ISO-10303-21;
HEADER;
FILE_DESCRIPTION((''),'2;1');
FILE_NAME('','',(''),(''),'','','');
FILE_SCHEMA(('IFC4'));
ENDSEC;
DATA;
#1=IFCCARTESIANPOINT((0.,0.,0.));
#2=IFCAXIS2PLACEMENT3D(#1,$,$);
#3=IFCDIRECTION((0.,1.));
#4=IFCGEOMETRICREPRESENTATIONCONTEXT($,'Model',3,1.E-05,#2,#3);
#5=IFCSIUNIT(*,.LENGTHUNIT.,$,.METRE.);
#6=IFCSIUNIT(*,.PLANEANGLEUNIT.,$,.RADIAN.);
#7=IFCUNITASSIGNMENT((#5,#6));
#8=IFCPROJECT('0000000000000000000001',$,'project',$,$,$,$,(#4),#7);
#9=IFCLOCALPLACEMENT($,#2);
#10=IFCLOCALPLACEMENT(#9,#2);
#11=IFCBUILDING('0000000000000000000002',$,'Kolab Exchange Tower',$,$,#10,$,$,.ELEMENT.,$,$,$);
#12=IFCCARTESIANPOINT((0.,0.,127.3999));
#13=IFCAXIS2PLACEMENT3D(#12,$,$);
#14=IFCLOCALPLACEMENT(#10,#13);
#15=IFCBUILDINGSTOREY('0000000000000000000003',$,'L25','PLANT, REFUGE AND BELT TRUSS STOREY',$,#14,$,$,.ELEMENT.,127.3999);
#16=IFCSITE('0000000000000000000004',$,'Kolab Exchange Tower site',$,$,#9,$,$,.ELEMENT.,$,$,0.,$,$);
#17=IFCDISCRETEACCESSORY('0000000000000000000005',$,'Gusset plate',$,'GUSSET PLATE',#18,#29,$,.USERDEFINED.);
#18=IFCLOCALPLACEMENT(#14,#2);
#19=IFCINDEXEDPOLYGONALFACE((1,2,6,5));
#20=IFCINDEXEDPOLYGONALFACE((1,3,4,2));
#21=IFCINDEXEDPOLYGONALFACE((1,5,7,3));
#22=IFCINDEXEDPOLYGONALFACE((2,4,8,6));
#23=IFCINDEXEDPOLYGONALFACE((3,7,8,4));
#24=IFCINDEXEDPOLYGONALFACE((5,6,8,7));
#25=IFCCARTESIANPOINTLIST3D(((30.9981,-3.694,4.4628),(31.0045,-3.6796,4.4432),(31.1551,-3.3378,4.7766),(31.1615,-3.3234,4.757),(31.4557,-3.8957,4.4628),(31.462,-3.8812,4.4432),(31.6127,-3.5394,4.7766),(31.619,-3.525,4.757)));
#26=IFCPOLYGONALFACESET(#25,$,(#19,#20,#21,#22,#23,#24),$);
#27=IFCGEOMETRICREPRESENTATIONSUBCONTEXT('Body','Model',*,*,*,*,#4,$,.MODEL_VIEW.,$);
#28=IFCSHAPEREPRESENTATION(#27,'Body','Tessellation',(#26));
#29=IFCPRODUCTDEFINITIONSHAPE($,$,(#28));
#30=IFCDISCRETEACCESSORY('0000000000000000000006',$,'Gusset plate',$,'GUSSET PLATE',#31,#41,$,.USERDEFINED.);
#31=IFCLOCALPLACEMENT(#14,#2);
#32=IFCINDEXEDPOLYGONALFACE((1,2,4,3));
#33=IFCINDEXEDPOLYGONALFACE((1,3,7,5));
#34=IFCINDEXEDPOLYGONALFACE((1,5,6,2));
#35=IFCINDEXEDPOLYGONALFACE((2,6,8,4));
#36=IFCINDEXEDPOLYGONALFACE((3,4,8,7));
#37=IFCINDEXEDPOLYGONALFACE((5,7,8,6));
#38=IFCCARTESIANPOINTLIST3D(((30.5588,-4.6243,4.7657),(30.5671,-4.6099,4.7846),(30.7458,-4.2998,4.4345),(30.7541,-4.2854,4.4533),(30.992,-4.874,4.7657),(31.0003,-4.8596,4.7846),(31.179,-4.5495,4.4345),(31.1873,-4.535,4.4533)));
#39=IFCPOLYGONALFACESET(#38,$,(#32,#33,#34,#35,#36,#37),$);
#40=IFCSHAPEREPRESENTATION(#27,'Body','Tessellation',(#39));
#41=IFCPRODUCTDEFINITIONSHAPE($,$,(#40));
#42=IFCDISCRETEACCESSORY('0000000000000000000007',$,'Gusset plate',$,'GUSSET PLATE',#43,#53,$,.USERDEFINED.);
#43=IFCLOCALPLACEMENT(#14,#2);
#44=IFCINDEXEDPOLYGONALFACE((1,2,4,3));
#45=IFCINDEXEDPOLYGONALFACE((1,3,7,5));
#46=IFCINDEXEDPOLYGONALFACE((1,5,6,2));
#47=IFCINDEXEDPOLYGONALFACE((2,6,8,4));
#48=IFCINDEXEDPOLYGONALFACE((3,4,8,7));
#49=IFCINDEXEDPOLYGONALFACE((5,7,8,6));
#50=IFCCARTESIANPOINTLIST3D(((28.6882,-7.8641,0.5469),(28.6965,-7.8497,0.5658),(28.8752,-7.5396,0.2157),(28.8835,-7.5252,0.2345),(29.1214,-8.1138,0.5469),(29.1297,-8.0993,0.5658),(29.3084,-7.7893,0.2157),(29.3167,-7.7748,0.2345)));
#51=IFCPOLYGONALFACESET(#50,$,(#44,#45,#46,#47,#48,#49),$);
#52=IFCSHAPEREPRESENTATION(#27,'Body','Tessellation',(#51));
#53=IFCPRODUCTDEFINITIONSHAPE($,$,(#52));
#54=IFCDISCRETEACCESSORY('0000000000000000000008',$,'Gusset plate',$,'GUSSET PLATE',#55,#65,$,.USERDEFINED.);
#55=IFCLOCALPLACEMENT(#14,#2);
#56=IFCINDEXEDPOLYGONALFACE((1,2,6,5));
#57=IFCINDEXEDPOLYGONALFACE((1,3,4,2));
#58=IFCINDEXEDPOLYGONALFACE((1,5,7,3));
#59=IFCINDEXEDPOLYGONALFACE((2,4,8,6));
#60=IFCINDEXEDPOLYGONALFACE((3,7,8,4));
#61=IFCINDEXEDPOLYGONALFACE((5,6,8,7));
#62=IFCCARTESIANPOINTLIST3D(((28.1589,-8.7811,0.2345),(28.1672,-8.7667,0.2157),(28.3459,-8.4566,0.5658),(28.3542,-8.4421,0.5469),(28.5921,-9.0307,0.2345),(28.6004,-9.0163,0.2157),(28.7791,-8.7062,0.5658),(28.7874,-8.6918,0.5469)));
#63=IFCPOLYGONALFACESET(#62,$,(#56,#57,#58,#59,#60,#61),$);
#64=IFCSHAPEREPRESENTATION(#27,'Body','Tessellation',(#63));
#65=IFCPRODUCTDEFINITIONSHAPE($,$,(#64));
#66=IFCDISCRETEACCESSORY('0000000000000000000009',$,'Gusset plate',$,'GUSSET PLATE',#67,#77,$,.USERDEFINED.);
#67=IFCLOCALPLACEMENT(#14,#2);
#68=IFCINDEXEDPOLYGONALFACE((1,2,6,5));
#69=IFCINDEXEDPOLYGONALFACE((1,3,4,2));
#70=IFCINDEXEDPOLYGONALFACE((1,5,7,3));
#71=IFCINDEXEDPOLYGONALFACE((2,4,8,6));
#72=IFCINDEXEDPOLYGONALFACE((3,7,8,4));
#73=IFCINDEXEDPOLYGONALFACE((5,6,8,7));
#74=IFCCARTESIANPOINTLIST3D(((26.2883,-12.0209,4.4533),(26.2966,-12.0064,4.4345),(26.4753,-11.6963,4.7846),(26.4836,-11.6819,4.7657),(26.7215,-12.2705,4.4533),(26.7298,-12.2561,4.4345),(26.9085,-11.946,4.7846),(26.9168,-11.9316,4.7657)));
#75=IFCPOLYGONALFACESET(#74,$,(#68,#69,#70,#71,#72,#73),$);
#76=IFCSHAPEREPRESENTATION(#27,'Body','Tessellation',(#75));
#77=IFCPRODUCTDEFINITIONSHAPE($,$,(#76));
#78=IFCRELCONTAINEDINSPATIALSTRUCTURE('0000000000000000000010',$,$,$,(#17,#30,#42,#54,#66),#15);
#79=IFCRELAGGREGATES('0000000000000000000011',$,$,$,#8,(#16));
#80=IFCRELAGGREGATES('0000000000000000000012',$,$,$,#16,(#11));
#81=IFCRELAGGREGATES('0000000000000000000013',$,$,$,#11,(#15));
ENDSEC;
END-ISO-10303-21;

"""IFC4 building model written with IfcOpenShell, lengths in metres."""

from ifc_helpers import new_model, si_unit, direction, frame, origin, origin_2d, place, context, subcontext, project, spatial, rectangle, extrude, element, save


model = new_model("IFC4")

# Units and contexts
model_context = context("Model", 3, precision=1e-05, world=origin(), true_north=direction((0.0, 1.0)))
body_context = subcontext(model_context, "Body", "Model", "MODEL_VIEW")
ifc_project = project(units=[si_unit("LENGTHUNIT", "METRE"), si_unit("PLANEANGLEUNIT", "RADIAN")], contexts=[model_context])

# Site, building, storey
site_placement = place(None, origin())
site = spatial("IfcSite", under=ifc_project, at=site_placement, Name="Kolab Exchange Tower site", CompositionType="ELEMENT", RefElevation=0.0)
building_placement = place(site_placement, origin())
building = spatial("IfcBuilding", under=site, at=building_placement, Name="Kolab Exchange Tower", CompositionType="ELEMENT")
storey_placement = place(building_placement, frame((0.0, 0.0, 127.3999)))
storey = spatial("IfcBuildingStorey", under=building, at=storey_placement, Name="L25", Description="PLANT, REFUGE AND BELT TRUSS STOREY", CompositionType="ELEMENT", Elevation=127.3999)

# Discrete accessories
for number, where, z_axis, x_axis, name in (
    (1, (31.3118, -3.6023, 4.6001), (-0.253048, -0.574225, 0.77861), (0.915086, -0.403258, 0.0), "Gusset plate"),
    (2, (30.8689, -4.5869, 4.6001), (0.330768, 0.57398, 0.749092), (-0.86643, 0.499299, 0.0), "Gusset plate"),
    (3, (29.0066, -7.8123, 0.4001), (-0.330768, -0.57398, -0.749092), (0.86643, -0.499299, 0.0), "Gusset plate"),
    (4, (28.469, -8.7437, 0.4001), (0.330768, 0.57398, -0.749092), (-0.86643, 0.499299, 0.0), "Gusset plate"),
    (5, (26.6067, -11.969, 4.6001), (-0.330768, -0.57398, 0.749092), (0.86643, -0.499299, 0.0), "Gusset plate"),
):
    element("IfcDiscreteAccessory", number, at=place(storey_placement, frame(where, z_axis=z_axis, x_axis=x_axis)), inside=storey, Name=name, ObjectType="GUSSET PLATE", PredefinedType="USERDEFINED", context=body_context, shape_type="SweptSolid", body=[
        extrude(rectangle(XDim=0.5, YDim=0.5, at=origin_2d()), origin(), (0.0, 0.0, 1.0), 0.0251),
    ])

save(model, "model.ifc")
